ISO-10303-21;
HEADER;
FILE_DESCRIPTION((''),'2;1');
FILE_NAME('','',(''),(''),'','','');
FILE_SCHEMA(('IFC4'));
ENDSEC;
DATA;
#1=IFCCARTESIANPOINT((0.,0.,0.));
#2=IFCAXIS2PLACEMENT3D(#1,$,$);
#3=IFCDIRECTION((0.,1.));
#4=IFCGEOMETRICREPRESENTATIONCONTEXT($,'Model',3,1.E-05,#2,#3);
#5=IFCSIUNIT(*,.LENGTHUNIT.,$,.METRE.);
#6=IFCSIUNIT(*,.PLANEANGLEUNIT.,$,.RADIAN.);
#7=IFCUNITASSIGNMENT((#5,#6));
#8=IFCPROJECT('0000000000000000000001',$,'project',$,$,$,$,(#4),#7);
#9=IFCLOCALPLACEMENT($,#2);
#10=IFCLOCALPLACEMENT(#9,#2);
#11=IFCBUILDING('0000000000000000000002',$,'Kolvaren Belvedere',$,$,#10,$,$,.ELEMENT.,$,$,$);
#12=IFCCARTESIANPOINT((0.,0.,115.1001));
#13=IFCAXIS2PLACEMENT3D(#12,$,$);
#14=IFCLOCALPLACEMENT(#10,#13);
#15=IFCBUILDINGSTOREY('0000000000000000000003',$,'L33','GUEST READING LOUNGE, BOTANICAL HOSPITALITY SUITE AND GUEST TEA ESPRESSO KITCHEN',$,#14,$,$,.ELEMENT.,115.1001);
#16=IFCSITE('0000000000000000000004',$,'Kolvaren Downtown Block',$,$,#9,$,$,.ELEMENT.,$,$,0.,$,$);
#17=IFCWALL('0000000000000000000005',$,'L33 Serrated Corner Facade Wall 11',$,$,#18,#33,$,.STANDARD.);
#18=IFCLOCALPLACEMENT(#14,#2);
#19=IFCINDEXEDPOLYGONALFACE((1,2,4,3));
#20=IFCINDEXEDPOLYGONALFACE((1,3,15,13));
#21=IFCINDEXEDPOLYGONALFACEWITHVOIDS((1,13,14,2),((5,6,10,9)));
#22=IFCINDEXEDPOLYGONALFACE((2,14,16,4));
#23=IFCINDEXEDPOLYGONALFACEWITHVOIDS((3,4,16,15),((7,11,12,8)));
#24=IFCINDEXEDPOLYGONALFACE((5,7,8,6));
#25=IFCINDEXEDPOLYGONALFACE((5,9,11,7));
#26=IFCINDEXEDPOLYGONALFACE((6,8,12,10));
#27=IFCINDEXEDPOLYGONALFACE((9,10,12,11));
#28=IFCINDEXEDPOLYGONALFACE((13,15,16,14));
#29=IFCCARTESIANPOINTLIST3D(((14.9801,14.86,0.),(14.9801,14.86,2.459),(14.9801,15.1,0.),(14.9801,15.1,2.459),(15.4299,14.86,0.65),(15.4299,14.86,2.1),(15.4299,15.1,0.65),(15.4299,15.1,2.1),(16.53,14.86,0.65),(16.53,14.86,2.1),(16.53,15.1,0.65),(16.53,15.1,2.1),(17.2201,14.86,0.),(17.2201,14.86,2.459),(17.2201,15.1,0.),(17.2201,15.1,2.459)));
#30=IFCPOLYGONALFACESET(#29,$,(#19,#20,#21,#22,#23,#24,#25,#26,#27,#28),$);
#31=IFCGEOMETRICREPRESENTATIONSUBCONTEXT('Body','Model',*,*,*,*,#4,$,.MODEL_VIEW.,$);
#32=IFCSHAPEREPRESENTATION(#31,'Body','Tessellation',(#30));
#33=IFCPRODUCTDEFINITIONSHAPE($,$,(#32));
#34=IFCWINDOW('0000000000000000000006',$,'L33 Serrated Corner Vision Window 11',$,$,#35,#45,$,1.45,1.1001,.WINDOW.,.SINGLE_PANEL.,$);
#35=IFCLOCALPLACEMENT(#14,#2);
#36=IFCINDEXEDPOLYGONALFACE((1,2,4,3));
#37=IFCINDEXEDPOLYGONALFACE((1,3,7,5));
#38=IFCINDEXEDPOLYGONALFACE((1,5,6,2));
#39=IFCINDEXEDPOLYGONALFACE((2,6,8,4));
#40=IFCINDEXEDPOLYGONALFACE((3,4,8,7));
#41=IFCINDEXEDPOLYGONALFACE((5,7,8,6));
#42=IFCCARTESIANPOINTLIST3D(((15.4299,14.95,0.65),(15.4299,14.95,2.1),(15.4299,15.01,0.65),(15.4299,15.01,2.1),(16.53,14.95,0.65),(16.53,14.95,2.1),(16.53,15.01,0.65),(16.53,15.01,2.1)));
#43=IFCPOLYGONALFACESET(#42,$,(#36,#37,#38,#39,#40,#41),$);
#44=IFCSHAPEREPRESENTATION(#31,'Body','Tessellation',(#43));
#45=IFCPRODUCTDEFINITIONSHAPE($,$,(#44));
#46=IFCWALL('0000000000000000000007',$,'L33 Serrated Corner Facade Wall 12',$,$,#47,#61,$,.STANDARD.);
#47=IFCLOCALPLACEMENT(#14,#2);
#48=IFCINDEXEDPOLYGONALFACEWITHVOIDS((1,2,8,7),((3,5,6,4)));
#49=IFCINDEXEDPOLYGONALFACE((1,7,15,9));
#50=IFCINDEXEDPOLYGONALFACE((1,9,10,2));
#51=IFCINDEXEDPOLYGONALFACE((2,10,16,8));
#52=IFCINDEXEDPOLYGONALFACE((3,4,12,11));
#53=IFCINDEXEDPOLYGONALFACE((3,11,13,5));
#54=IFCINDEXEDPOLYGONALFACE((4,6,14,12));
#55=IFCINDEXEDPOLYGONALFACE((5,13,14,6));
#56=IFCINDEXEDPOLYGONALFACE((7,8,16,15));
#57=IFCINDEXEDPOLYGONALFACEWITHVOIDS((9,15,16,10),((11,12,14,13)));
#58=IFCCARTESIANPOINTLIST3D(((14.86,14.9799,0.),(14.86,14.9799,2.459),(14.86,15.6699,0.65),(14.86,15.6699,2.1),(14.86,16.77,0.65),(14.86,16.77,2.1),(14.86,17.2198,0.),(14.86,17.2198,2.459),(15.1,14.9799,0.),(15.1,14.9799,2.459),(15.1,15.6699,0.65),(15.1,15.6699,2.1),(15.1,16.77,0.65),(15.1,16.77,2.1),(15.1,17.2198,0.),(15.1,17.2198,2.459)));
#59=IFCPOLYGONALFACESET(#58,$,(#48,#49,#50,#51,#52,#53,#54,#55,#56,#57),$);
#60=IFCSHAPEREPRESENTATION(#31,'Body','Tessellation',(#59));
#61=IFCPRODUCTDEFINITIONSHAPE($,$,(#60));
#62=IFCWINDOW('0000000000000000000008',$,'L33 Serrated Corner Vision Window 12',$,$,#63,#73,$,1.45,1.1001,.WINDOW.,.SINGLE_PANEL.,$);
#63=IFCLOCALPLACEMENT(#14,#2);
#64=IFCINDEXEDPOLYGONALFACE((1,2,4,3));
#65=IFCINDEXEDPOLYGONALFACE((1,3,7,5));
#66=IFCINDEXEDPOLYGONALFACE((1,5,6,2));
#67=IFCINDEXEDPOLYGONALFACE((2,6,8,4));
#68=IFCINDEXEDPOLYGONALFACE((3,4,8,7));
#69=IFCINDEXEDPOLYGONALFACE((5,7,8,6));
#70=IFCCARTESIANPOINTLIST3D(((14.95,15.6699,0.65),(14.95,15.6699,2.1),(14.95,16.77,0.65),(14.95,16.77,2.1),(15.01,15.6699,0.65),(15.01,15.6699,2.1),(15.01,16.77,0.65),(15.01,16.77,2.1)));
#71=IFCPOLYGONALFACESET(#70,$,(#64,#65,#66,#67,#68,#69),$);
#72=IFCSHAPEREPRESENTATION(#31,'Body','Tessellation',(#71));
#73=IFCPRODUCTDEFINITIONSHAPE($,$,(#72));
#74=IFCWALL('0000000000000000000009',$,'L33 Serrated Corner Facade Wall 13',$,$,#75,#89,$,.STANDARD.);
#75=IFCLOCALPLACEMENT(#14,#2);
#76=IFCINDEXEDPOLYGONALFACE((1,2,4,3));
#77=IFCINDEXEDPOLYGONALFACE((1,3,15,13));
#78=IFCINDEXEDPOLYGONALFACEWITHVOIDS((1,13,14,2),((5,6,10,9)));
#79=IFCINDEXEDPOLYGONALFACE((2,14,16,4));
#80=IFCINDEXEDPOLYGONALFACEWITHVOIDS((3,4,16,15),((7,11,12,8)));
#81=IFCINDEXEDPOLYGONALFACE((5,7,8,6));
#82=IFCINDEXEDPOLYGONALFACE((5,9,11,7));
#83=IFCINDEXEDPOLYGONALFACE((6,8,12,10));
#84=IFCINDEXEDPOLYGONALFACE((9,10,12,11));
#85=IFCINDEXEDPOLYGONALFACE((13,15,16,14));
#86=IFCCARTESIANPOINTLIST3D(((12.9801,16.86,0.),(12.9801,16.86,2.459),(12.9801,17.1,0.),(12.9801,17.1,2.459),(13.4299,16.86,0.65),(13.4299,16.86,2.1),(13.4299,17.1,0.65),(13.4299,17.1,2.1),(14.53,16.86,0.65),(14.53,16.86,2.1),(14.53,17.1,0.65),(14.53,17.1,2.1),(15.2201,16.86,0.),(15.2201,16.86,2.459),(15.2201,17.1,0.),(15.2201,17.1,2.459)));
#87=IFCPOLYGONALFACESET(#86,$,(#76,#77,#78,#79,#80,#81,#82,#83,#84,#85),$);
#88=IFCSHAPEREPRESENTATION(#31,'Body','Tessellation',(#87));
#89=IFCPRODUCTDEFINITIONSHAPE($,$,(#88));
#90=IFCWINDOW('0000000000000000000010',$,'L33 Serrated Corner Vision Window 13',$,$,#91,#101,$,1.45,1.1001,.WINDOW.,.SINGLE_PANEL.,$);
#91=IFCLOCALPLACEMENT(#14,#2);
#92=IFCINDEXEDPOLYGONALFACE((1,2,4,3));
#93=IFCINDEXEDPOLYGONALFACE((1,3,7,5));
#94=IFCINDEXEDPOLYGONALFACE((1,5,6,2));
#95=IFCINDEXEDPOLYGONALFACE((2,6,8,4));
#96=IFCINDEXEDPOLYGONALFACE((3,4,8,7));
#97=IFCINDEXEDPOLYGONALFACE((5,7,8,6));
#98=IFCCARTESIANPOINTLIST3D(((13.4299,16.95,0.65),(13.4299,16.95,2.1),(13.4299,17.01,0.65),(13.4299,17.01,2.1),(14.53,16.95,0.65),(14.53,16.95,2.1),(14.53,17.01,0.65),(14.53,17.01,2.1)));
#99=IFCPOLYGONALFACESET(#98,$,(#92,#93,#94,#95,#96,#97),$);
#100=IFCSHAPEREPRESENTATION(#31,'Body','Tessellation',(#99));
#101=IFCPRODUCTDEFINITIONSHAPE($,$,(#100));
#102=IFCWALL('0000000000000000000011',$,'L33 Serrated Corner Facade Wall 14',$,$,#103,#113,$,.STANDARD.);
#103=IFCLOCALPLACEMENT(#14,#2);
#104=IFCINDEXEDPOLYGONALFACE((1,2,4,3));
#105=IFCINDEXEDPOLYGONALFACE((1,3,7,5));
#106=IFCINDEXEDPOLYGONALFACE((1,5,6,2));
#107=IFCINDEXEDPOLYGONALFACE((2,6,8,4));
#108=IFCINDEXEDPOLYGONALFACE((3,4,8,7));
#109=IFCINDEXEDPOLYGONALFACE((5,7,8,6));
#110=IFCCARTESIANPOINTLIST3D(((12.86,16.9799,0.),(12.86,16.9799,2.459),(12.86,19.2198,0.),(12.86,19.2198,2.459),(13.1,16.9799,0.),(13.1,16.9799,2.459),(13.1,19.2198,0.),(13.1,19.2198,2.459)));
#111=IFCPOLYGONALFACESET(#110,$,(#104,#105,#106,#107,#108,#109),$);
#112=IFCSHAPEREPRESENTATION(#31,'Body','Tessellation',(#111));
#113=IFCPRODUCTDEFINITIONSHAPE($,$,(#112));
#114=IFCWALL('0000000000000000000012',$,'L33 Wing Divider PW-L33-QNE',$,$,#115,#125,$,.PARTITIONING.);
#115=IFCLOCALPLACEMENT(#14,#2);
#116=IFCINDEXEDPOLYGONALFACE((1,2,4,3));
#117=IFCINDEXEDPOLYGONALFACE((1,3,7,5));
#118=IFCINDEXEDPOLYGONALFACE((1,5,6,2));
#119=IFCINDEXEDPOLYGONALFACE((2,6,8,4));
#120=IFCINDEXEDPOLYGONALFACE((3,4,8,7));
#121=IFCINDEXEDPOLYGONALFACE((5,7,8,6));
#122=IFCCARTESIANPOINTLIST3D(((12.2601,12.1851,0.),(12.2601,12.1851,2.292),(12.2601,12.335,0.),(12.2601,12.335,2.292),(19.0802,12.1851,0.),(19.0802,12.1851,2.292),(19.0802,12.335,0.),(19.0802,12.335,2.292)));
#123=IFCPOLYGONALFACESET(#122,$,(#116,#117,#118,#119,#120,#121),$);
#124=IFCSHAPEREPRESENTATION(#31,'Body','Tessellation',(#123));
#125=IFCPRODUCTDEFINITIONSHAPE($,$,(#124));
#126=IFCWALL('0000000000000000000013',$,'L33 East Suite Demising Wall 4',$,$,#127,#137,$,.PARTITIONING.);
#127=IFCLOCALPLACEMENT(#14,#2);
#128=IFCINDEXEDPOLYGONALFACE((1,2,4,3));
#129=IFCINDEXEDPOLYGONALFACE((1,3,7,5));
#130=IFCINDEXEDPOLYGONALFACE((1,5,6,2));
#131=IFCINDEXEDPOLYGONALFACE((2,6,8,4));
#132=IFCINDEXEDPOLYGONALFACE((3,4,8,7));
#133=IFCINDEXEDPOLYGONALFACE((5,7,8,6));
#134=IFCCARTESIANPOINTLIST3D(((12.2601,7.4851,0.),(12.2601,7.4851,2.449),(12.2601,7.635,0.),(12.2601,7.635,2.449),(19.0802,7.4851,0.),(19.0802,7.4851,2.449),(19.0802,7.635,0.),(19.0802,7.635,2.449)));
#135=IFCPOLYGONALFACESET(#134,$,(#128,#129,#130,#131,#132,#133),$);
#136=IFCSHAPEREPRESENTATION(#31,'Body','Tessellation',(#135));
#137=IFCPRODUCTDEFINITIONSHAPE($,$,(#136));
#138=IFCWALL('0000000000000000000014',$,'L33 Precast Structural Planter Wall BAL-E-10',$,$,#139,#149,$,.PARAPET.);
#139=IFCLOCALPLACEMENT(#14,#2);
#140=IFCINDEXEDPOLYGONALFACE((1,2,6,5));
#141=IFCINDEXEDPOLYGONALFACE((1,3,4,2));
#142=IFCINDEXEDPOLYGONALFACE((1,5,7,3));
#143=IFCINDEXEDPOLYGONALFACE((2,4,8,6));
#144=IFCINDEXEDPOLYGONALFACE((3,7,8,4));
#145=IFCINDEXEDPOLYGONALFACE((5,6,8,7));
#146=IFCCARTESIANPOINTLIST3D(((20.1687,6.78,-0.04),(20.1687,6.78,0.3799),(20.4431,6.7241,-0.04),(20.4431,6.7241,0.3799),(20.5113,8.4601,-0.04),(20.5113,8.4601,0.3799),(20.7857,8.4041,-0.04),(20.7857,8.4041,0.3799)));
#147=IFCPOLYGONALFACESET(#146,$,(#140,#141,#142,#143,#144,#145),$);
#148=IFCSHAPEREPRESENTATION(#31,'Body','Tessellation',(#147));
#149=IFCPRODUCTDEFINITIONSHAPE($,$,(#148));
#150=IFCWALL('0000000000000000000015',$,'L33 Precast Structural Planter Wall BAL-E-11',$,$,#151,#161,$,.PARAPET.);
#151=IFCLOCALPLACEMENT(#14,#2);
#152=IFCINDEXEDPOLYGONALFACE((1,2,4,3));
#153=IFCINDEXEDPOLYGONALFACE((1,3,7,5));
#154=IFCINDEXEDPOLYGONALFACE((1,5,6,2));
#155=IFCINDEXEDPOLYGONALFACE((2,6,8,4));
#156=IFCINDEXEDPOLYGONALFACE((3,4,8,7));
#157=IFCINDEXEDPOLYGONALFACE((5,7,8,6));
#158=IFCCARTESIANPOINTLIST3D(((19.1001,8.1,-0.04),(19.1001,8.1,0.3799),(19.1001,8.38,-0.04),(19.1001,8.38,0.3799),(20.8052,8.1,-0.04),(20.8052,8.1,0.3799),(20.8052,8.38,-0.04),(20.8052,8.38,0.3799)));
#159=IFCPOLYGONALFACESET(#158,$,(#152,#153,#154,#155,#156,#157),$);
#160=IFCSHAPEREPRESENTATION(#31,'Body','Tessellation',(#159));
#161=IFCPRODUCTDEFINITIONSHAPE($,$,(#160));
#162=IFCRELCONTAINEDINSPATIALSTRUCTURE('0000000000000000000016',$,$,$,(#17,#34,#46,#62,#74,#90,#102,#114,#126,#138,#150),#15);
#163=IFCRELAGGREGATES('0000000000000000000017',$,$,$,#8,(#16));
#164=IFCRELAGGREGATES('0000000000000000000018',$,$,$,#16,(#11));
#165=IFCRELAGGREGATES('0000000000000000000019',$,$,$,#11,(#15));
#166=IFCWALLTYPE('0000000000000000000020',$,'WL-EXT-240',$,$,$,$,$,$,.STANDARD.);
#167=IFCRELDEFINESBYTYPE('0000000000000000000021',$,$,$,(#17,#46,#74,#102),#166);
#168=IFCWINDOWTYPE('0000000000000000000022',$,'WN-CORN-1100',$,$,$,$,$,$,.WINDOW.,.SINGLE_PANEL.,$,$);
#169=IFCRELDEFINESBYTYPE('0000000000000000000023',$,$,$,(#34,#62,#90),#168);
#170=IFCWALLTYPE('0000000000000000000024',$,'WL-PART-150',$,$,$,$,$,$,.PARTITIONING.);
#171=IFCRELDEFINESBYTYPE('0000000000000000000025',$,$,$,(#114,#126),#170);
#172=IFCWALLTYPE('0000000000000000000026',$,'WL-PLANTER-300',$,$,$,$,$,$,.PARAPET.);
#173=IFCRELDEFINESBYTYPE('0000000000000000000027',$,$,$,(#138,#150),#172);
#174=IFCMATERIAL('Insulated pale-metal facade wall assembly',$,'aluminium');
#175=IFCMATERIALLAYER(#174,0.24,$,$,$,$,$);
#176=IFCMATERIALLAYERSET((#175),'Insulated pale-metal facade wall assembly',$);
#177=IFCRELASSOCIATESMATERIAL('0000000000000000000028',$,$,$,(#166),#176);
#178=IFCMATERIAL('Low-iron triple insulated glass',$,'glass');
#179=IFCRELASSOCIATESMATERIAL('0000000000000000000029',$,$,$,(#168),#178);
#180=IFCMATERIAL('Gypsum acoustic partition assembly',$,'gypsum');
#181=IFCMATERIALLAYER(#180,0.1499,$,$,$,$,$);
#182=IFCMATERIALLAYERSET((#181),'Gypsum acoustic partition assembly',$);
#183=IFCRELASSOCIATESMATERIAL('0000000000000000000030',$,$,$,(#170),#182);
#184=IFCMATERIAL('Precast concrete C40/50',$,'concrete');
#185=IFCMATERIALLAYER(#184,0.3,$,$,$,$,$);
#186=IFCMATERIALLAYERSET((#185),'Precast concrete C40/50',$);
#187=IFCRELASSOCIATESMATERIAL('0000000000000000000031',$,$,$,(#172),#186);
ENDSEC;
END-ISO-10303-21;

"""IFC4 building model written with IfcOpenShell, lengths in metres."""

from ifc_helpers import new_model, si_unit, direction, frame, frame_2d, origin, place, context, subcontext, project, spatial, rectangle, extrude, material, layer, layer_set, type_object, element, fill, save


model = new_model("IFC4")

# Units and contexts
model_context = context("Model", 3, precision=1e-05, world=origin(), true_north=direction((0.0, 1.0)))
body_context = subcontext(model_context, "Body", "Model", "MODEL_VIEW")
ifc_project = project(units=[si_unit("LENGTHUNIT", "METRE"), si_unit("PLANEANGLEUNIT", "RADIAN")], contexts=[model_context])

# Site, building, storey
site_placement = place(None, origin())
site = spatial("IfcSite", under=ifc_project, at=site_placement, Name="Kolvaren Downtown Block", CompositionType="ELEMENT", RefElevation=0.0)
building_placement = place(site_placement, origin())
building = spatial("IfcBuilding", under=site, at=building_placement, Name="Kolvaren Belvedere", CompositionType="ELEMENT")
storey_placement = place(building_placement, frame((0.0, 0.0, 115.1001)))
storey = spatial("IfcBuildingStorey", under=building, at=storey_placement, Name="L33", Description="GUEST READING LOUNGE, BOTANICAL HOSPITALITY SUITE AND GUEST TEA ESPRESSO KITCHEN", CompositionType="ELEMENT", Elevation=115.1001)

# Shared definitions
ifc_material_1 = material(Name="Insulated pale-metal facade wall assembly", Category="aluminium")
ifc_layer_1 = layer(ifc_material_1, 0.24)
ifc_layer_set_1 = layer_set([ifc_layer_1], Name="Insulated pale-metal facade wall assembly")
wall_type_1 = type_object("IfcWallType", Name="WL-EXT-240", PredefinedType="STANDARD", material=ifc_layer_set_1)

# Walls, openings, windows
ifc_material_2 = material(Name="Low-iron triple insulated glass", Category="glass")
window_type = type_object("IfcWindowType", Name="WN-CORN-1100", PartitioningType="SINGLE_PANEL", PredefinedType="WINDOW", material=ifc_material_2)
wall_1_placement = place(storey_placement, frame((14.98, 14.98, 0.0), z_axis=(0.0, 0.0, 1.0), x_axis=(1.0, 0.0, 0.0)))
wall_1 = element("IfcWall", 1, at=wall_1_placement, inside=storey, type_object=wall_type_1, Name="L33 Serrated Corner Facade Wall 11", PredefinedType="STANDARD", context=body_context, shape_type="SweptSolid", body=[
    extrude(rectangle(XDim=2.24, YDim=0.24, at=frame_2d((1.1201, 0.0))), origin(), (0.0, 0.0, 1.0), 2.459),
])
opening_1_placement = place(wall_1_placement, frame((0.45, 0.0, 0.6499)))
opening_1 = element("IfcOpeningElement", 2, at=opening_1_placement, cuts=wall_1, PredefinedType="OPENING", context=body_context, shape_type="SweptSolid", body=[
    extrude(rectangle(XDim=1.1001, YDim=1.45, at=frame_2d((0.55, 0.7251))), frame((0.0, 0.1299, 0.0), z_axis=(0.0, -1.0, 0.0), x_axis=(1.0, 0.0, 0.0)), (0.0, 0.0, 1.0), 0.26),
])
window_1_placement = place(opening_1_placement, origin())
window_1 = element("IfcWindow", 3, at=window_1_placement, inside=storey, type_object=window_type, Name="L33 Serrated Corner Vision Window 11", OverallHeight=1.45, OverallWidth=1.1001, PartitioningType="SINGLE_PANEL", PredefinedType="WINDOW", context=body_context, shape_type="SweptSolid", body=[
    extrude(rectangle(XDim=1.1001, YDim=1.45, at=frame_2d((0.55, 0.7251))), frame((0.0, 0.03, 0.0), z_axis=(0.0, -1.0, 0.0), x_axis=(1.0, 0.0, 0.0)), (0.0, 0.0, 1.0), 0.0601),
])
fill(opening_1, window_1)
wall_2_placement = place(storey_placement, frame((14.98, 17.22, 0.0), z_axis=(0.0, 0.0, 1.0), x_axis=(0.0, -1.0, 0.0)))
wall_2 = element("IfcWall", 4, at=wall_2_placement, inside=storey, type_object=wall_type_1, Name="L33 Serrated Corner Facade Wall 12", PredefinedType="STANDARD", context=body_context, shape_type="SweptSolid", body=[
    extrude(rectangle(XDim=2.24, YDim=0.24, at=frame_2d((1.1201, 0.0))), origin(), (0.0, 0.0, 1.0), 2.459),
])
opening_2_placement = place(wall_2_placement, frame((0.45, 0.0, 0.6499)))
opening_2 = element("IfcOpeningElement", 5, at=opening_2_placement, cuts=wall_2, PredefinedType="OPENING", context=body_context, shape_type="SweptSolid", body=[
    extrude(rectangle(XDim=1.1001, YDim=1.45, at=frame_2d((0.55, 0.7251))), frame((0.0, 0.1299, 0.0), z_axis=(0.0, -1.0, 0.0), x_axis=(1.0, 0.0, 0.0)), (0.0, 0.0, 1.0), 0.26),
])
window_2_placement = place(opening_2_placement, origin())
window_2 = element("IfcWindow", 6, at=window_2_placement, inside=storey, type_object=window_type, Name="L33 Serrated Corner Vision Window 12", OverallHeight=1.45, OverallWidth=1.1001, PartitioningType="SINGLE_PANEL", PredefinedType="WINDOW", context=body_context, shape_type="SweptSolid", body=[
    extrude(rectangle(XDim=1.1001, YDim=1.45, at=frame_2d((0.55, 0.7251))), frame((0.0, 0.03, 0.0), z_axis=(0.0, -1.0, 0.0), x_axis=(1.0, 0.0, 0.0)), (0.0, 0.0, 1.0), 0.0601),
])
fill(opening_2, window_2)
wall_3_placement = place(storey_placement, frame((12.98, 16.98, 0.0), z_axis=(0.0, 0.0, 1.0), x_axis=(1.0, 0.0, 0.0)))
wall_3 = element("IfcWall", 7, at=wall_3_placement, inside=storey, type_object=wall_type_1, Name="L33 Serrated Corner Facade Wall 13", PredefinedType="STANDARD", context=body_context, shape_type="SweptSolid", body=[
    extrude(rectangle(XDim=2.24, YDim=0.24, at=frame_2d((1.1201, 0.0))), origin(), (0.0, 0.0, 1.0), 2.459),
])
opening_3_placement = place(wall_3_placement, frame((0.45, 0.0, 0.6499)))
opening_3 = element("IfcOpeningElement", 8, at=opening_3_placement, cuts=wall_3, PredefinedType="OPENING", context=body_context, shape_type="SweptSolid", body=[
    extrude(rectangle(XDim=1.1001, YDim=1.45, at=frame_2d((0.55, 0.7251))), frame((0.0, 0.1299, 0.0), z_axis=(0.0, -1.0, 0.0), x_axis=(1.0, 0.0, 0.0)), (0.0, 0.0, 1.0), 0.26),
])
window_3_placement = place(opening_3_placement, origin())
window_3 = element("IfcWindow", 9, at=window_3_placement, inside=storey, type_object=window_type, Name="L33 Serrated Corner Vision Window 13", OverallHeight=1.45, OverallWidth=1.1001, PartitioningType="SINGLE_PANEL", PredefinedType="WINDOW", context=body_context, shape_type="SweptSolid", body=[
    extrude(rectangle(XDim=1.1001, YDim=1.45, at=frame_2d((0.55, 0.7251))), frame((0.0, 0.03, 0.0), z_axis=(0.0, -1.0, 0.0), x_axis=(1.0, 0.0, 0.0)), (0.0, 0.0, 1.0), 0.0601),
])
fill(opening_3, window_3)

# Walls
wall_4_placement = place(storey_placement, frame((12.98, 19.22, 0.0), z_axis=(0.0, 0.0, 1.0), x_axis=(0.0, -1.0, 0.0)))
element("IfcWall", 10, at=wall_4_placement, inside=storey, type_object=wall_type_1, Name="L33 Serrated Corner Facade Wall 14", PredefinedType="STANDARD", context=body_context, shape_type="SweptSolid", body=[
    extrude(rectangle(XDim=2.24, YDim=0.24, at=frame_2d((1.1201, 0.0))), origin(), (0.0, 0.0, 1.0), 2.459),
])
ifc_material_3 = material(Name="Gypsum acoustic partition assembly", Category="gypsum")
ifc_layer_2 = layer(ifc_material_3, 0.1499)
ifc_layer_set_2 = layer_set([ifc_layer_2], Name="Gypsum acoustic partition assembly")
wall_type_2 = type_object("IfcWallType", Name="WL-PART-150", PredefinedType="PARTITIONING", material=ifc_layer_set_2)
wall_5_placement = place(storey_placement, frame((12.26, 12.26, 0.0), z_axis=(0.0, 0.0, 1.0), x_axis=(1.0, 0.0, 0.0)))
element("IfcWall", 11, at=wall_5_placement, inside=storey, type_object=wall_type_2, Name="L33 Wing Divider PW-L33-QNE", PredefinedType="PARTITIONING", context=body_context, shape_type="SweptSolid", body=[
    extrude(rectangle(XDim=6.8201, YDim=0.1499, at=frame_2d((3.4102, 0.0))), origin(), (0.0, 0.0, 1.0), 2.292),
])
wall_6_placement = place(storey_placement, frame((12.26, 7.5601, 0.0), z_axis=(0.0, 0.0, 1.0), x_axis=(1.0, 0.0, 0.0)))
element("IfcWall", 12, at=wall_6_placement, inside=storey, type_object=wall_type_2, Name="L33 East Suite Demising Wall 4", PredefinedType="PARTITIONING", context=body_context, shape_type="SweptSolid", body=[
    extrude(rectangle(XDim=6.8201, YDim=0.1499, at=frame_2d((3.4102, 0.0))), origin(), (0.0, 0.0, 1.0), 2.449),
])
ifc_material_4 = material(Name="Precast concrete C40/50", Category="concrete")
ifc_layer_3 = layer(ifc_material_4, 0.3)
ifc_layer_set_3 = layer_set([ifc_layer_3], Name="Precast concrete C40/50")
wall_type_3 = type_object("IfcWallType", Name="WL-PLANTER-300", PredefinedType="PARAPET", material=ifc_layer_set_3)
wall_7_placement = place(storey_placement, frame((20.3059, 6.752, -0.04), z_axis=(0.0, 0.0, 1.0), x_axis=(0.199784, 0.97984, 0.0)))
element("IfcWall", 13, at=wall_7_placement, inside=storey, type_object=wall_type_3, Name="L33 Precast Structural Planter Wall BAL-E-10", PredefinedType="PARAPET", context=body_context, shape_type="SweptSolid", body=[
    extrude(rectangle(XDim=1.7146, YDim=0.28, at=frame_2d((0.8574, 0.0))), origin(), (0.0, 0.0, 1.0), 0.4199),
])
wall_8_placement = place(storey_placement, frame((20.8052, 8.24, -0.04), z_axis=(0.0, 0.0, 1.0), x_axis=(-1.0, 0.0, 0.0)))
element("IfcWall", 14, at=wall_8_placement, inside=storey, type_object=wall_type_3, Name="L33 Precast Structural Planter Wall BAL-E-11", PredefinedType="PARAPET", context=body_context, shape_type="SweptSolid", body=[
    extrude(rectangle(XDim=1.7051, YDim=0.28, at=frame_2d((0.8525, 0.0))), origin(), (0.0, 0.0, 1.0), 0.4199),
])

save(model, "model.ifc")
